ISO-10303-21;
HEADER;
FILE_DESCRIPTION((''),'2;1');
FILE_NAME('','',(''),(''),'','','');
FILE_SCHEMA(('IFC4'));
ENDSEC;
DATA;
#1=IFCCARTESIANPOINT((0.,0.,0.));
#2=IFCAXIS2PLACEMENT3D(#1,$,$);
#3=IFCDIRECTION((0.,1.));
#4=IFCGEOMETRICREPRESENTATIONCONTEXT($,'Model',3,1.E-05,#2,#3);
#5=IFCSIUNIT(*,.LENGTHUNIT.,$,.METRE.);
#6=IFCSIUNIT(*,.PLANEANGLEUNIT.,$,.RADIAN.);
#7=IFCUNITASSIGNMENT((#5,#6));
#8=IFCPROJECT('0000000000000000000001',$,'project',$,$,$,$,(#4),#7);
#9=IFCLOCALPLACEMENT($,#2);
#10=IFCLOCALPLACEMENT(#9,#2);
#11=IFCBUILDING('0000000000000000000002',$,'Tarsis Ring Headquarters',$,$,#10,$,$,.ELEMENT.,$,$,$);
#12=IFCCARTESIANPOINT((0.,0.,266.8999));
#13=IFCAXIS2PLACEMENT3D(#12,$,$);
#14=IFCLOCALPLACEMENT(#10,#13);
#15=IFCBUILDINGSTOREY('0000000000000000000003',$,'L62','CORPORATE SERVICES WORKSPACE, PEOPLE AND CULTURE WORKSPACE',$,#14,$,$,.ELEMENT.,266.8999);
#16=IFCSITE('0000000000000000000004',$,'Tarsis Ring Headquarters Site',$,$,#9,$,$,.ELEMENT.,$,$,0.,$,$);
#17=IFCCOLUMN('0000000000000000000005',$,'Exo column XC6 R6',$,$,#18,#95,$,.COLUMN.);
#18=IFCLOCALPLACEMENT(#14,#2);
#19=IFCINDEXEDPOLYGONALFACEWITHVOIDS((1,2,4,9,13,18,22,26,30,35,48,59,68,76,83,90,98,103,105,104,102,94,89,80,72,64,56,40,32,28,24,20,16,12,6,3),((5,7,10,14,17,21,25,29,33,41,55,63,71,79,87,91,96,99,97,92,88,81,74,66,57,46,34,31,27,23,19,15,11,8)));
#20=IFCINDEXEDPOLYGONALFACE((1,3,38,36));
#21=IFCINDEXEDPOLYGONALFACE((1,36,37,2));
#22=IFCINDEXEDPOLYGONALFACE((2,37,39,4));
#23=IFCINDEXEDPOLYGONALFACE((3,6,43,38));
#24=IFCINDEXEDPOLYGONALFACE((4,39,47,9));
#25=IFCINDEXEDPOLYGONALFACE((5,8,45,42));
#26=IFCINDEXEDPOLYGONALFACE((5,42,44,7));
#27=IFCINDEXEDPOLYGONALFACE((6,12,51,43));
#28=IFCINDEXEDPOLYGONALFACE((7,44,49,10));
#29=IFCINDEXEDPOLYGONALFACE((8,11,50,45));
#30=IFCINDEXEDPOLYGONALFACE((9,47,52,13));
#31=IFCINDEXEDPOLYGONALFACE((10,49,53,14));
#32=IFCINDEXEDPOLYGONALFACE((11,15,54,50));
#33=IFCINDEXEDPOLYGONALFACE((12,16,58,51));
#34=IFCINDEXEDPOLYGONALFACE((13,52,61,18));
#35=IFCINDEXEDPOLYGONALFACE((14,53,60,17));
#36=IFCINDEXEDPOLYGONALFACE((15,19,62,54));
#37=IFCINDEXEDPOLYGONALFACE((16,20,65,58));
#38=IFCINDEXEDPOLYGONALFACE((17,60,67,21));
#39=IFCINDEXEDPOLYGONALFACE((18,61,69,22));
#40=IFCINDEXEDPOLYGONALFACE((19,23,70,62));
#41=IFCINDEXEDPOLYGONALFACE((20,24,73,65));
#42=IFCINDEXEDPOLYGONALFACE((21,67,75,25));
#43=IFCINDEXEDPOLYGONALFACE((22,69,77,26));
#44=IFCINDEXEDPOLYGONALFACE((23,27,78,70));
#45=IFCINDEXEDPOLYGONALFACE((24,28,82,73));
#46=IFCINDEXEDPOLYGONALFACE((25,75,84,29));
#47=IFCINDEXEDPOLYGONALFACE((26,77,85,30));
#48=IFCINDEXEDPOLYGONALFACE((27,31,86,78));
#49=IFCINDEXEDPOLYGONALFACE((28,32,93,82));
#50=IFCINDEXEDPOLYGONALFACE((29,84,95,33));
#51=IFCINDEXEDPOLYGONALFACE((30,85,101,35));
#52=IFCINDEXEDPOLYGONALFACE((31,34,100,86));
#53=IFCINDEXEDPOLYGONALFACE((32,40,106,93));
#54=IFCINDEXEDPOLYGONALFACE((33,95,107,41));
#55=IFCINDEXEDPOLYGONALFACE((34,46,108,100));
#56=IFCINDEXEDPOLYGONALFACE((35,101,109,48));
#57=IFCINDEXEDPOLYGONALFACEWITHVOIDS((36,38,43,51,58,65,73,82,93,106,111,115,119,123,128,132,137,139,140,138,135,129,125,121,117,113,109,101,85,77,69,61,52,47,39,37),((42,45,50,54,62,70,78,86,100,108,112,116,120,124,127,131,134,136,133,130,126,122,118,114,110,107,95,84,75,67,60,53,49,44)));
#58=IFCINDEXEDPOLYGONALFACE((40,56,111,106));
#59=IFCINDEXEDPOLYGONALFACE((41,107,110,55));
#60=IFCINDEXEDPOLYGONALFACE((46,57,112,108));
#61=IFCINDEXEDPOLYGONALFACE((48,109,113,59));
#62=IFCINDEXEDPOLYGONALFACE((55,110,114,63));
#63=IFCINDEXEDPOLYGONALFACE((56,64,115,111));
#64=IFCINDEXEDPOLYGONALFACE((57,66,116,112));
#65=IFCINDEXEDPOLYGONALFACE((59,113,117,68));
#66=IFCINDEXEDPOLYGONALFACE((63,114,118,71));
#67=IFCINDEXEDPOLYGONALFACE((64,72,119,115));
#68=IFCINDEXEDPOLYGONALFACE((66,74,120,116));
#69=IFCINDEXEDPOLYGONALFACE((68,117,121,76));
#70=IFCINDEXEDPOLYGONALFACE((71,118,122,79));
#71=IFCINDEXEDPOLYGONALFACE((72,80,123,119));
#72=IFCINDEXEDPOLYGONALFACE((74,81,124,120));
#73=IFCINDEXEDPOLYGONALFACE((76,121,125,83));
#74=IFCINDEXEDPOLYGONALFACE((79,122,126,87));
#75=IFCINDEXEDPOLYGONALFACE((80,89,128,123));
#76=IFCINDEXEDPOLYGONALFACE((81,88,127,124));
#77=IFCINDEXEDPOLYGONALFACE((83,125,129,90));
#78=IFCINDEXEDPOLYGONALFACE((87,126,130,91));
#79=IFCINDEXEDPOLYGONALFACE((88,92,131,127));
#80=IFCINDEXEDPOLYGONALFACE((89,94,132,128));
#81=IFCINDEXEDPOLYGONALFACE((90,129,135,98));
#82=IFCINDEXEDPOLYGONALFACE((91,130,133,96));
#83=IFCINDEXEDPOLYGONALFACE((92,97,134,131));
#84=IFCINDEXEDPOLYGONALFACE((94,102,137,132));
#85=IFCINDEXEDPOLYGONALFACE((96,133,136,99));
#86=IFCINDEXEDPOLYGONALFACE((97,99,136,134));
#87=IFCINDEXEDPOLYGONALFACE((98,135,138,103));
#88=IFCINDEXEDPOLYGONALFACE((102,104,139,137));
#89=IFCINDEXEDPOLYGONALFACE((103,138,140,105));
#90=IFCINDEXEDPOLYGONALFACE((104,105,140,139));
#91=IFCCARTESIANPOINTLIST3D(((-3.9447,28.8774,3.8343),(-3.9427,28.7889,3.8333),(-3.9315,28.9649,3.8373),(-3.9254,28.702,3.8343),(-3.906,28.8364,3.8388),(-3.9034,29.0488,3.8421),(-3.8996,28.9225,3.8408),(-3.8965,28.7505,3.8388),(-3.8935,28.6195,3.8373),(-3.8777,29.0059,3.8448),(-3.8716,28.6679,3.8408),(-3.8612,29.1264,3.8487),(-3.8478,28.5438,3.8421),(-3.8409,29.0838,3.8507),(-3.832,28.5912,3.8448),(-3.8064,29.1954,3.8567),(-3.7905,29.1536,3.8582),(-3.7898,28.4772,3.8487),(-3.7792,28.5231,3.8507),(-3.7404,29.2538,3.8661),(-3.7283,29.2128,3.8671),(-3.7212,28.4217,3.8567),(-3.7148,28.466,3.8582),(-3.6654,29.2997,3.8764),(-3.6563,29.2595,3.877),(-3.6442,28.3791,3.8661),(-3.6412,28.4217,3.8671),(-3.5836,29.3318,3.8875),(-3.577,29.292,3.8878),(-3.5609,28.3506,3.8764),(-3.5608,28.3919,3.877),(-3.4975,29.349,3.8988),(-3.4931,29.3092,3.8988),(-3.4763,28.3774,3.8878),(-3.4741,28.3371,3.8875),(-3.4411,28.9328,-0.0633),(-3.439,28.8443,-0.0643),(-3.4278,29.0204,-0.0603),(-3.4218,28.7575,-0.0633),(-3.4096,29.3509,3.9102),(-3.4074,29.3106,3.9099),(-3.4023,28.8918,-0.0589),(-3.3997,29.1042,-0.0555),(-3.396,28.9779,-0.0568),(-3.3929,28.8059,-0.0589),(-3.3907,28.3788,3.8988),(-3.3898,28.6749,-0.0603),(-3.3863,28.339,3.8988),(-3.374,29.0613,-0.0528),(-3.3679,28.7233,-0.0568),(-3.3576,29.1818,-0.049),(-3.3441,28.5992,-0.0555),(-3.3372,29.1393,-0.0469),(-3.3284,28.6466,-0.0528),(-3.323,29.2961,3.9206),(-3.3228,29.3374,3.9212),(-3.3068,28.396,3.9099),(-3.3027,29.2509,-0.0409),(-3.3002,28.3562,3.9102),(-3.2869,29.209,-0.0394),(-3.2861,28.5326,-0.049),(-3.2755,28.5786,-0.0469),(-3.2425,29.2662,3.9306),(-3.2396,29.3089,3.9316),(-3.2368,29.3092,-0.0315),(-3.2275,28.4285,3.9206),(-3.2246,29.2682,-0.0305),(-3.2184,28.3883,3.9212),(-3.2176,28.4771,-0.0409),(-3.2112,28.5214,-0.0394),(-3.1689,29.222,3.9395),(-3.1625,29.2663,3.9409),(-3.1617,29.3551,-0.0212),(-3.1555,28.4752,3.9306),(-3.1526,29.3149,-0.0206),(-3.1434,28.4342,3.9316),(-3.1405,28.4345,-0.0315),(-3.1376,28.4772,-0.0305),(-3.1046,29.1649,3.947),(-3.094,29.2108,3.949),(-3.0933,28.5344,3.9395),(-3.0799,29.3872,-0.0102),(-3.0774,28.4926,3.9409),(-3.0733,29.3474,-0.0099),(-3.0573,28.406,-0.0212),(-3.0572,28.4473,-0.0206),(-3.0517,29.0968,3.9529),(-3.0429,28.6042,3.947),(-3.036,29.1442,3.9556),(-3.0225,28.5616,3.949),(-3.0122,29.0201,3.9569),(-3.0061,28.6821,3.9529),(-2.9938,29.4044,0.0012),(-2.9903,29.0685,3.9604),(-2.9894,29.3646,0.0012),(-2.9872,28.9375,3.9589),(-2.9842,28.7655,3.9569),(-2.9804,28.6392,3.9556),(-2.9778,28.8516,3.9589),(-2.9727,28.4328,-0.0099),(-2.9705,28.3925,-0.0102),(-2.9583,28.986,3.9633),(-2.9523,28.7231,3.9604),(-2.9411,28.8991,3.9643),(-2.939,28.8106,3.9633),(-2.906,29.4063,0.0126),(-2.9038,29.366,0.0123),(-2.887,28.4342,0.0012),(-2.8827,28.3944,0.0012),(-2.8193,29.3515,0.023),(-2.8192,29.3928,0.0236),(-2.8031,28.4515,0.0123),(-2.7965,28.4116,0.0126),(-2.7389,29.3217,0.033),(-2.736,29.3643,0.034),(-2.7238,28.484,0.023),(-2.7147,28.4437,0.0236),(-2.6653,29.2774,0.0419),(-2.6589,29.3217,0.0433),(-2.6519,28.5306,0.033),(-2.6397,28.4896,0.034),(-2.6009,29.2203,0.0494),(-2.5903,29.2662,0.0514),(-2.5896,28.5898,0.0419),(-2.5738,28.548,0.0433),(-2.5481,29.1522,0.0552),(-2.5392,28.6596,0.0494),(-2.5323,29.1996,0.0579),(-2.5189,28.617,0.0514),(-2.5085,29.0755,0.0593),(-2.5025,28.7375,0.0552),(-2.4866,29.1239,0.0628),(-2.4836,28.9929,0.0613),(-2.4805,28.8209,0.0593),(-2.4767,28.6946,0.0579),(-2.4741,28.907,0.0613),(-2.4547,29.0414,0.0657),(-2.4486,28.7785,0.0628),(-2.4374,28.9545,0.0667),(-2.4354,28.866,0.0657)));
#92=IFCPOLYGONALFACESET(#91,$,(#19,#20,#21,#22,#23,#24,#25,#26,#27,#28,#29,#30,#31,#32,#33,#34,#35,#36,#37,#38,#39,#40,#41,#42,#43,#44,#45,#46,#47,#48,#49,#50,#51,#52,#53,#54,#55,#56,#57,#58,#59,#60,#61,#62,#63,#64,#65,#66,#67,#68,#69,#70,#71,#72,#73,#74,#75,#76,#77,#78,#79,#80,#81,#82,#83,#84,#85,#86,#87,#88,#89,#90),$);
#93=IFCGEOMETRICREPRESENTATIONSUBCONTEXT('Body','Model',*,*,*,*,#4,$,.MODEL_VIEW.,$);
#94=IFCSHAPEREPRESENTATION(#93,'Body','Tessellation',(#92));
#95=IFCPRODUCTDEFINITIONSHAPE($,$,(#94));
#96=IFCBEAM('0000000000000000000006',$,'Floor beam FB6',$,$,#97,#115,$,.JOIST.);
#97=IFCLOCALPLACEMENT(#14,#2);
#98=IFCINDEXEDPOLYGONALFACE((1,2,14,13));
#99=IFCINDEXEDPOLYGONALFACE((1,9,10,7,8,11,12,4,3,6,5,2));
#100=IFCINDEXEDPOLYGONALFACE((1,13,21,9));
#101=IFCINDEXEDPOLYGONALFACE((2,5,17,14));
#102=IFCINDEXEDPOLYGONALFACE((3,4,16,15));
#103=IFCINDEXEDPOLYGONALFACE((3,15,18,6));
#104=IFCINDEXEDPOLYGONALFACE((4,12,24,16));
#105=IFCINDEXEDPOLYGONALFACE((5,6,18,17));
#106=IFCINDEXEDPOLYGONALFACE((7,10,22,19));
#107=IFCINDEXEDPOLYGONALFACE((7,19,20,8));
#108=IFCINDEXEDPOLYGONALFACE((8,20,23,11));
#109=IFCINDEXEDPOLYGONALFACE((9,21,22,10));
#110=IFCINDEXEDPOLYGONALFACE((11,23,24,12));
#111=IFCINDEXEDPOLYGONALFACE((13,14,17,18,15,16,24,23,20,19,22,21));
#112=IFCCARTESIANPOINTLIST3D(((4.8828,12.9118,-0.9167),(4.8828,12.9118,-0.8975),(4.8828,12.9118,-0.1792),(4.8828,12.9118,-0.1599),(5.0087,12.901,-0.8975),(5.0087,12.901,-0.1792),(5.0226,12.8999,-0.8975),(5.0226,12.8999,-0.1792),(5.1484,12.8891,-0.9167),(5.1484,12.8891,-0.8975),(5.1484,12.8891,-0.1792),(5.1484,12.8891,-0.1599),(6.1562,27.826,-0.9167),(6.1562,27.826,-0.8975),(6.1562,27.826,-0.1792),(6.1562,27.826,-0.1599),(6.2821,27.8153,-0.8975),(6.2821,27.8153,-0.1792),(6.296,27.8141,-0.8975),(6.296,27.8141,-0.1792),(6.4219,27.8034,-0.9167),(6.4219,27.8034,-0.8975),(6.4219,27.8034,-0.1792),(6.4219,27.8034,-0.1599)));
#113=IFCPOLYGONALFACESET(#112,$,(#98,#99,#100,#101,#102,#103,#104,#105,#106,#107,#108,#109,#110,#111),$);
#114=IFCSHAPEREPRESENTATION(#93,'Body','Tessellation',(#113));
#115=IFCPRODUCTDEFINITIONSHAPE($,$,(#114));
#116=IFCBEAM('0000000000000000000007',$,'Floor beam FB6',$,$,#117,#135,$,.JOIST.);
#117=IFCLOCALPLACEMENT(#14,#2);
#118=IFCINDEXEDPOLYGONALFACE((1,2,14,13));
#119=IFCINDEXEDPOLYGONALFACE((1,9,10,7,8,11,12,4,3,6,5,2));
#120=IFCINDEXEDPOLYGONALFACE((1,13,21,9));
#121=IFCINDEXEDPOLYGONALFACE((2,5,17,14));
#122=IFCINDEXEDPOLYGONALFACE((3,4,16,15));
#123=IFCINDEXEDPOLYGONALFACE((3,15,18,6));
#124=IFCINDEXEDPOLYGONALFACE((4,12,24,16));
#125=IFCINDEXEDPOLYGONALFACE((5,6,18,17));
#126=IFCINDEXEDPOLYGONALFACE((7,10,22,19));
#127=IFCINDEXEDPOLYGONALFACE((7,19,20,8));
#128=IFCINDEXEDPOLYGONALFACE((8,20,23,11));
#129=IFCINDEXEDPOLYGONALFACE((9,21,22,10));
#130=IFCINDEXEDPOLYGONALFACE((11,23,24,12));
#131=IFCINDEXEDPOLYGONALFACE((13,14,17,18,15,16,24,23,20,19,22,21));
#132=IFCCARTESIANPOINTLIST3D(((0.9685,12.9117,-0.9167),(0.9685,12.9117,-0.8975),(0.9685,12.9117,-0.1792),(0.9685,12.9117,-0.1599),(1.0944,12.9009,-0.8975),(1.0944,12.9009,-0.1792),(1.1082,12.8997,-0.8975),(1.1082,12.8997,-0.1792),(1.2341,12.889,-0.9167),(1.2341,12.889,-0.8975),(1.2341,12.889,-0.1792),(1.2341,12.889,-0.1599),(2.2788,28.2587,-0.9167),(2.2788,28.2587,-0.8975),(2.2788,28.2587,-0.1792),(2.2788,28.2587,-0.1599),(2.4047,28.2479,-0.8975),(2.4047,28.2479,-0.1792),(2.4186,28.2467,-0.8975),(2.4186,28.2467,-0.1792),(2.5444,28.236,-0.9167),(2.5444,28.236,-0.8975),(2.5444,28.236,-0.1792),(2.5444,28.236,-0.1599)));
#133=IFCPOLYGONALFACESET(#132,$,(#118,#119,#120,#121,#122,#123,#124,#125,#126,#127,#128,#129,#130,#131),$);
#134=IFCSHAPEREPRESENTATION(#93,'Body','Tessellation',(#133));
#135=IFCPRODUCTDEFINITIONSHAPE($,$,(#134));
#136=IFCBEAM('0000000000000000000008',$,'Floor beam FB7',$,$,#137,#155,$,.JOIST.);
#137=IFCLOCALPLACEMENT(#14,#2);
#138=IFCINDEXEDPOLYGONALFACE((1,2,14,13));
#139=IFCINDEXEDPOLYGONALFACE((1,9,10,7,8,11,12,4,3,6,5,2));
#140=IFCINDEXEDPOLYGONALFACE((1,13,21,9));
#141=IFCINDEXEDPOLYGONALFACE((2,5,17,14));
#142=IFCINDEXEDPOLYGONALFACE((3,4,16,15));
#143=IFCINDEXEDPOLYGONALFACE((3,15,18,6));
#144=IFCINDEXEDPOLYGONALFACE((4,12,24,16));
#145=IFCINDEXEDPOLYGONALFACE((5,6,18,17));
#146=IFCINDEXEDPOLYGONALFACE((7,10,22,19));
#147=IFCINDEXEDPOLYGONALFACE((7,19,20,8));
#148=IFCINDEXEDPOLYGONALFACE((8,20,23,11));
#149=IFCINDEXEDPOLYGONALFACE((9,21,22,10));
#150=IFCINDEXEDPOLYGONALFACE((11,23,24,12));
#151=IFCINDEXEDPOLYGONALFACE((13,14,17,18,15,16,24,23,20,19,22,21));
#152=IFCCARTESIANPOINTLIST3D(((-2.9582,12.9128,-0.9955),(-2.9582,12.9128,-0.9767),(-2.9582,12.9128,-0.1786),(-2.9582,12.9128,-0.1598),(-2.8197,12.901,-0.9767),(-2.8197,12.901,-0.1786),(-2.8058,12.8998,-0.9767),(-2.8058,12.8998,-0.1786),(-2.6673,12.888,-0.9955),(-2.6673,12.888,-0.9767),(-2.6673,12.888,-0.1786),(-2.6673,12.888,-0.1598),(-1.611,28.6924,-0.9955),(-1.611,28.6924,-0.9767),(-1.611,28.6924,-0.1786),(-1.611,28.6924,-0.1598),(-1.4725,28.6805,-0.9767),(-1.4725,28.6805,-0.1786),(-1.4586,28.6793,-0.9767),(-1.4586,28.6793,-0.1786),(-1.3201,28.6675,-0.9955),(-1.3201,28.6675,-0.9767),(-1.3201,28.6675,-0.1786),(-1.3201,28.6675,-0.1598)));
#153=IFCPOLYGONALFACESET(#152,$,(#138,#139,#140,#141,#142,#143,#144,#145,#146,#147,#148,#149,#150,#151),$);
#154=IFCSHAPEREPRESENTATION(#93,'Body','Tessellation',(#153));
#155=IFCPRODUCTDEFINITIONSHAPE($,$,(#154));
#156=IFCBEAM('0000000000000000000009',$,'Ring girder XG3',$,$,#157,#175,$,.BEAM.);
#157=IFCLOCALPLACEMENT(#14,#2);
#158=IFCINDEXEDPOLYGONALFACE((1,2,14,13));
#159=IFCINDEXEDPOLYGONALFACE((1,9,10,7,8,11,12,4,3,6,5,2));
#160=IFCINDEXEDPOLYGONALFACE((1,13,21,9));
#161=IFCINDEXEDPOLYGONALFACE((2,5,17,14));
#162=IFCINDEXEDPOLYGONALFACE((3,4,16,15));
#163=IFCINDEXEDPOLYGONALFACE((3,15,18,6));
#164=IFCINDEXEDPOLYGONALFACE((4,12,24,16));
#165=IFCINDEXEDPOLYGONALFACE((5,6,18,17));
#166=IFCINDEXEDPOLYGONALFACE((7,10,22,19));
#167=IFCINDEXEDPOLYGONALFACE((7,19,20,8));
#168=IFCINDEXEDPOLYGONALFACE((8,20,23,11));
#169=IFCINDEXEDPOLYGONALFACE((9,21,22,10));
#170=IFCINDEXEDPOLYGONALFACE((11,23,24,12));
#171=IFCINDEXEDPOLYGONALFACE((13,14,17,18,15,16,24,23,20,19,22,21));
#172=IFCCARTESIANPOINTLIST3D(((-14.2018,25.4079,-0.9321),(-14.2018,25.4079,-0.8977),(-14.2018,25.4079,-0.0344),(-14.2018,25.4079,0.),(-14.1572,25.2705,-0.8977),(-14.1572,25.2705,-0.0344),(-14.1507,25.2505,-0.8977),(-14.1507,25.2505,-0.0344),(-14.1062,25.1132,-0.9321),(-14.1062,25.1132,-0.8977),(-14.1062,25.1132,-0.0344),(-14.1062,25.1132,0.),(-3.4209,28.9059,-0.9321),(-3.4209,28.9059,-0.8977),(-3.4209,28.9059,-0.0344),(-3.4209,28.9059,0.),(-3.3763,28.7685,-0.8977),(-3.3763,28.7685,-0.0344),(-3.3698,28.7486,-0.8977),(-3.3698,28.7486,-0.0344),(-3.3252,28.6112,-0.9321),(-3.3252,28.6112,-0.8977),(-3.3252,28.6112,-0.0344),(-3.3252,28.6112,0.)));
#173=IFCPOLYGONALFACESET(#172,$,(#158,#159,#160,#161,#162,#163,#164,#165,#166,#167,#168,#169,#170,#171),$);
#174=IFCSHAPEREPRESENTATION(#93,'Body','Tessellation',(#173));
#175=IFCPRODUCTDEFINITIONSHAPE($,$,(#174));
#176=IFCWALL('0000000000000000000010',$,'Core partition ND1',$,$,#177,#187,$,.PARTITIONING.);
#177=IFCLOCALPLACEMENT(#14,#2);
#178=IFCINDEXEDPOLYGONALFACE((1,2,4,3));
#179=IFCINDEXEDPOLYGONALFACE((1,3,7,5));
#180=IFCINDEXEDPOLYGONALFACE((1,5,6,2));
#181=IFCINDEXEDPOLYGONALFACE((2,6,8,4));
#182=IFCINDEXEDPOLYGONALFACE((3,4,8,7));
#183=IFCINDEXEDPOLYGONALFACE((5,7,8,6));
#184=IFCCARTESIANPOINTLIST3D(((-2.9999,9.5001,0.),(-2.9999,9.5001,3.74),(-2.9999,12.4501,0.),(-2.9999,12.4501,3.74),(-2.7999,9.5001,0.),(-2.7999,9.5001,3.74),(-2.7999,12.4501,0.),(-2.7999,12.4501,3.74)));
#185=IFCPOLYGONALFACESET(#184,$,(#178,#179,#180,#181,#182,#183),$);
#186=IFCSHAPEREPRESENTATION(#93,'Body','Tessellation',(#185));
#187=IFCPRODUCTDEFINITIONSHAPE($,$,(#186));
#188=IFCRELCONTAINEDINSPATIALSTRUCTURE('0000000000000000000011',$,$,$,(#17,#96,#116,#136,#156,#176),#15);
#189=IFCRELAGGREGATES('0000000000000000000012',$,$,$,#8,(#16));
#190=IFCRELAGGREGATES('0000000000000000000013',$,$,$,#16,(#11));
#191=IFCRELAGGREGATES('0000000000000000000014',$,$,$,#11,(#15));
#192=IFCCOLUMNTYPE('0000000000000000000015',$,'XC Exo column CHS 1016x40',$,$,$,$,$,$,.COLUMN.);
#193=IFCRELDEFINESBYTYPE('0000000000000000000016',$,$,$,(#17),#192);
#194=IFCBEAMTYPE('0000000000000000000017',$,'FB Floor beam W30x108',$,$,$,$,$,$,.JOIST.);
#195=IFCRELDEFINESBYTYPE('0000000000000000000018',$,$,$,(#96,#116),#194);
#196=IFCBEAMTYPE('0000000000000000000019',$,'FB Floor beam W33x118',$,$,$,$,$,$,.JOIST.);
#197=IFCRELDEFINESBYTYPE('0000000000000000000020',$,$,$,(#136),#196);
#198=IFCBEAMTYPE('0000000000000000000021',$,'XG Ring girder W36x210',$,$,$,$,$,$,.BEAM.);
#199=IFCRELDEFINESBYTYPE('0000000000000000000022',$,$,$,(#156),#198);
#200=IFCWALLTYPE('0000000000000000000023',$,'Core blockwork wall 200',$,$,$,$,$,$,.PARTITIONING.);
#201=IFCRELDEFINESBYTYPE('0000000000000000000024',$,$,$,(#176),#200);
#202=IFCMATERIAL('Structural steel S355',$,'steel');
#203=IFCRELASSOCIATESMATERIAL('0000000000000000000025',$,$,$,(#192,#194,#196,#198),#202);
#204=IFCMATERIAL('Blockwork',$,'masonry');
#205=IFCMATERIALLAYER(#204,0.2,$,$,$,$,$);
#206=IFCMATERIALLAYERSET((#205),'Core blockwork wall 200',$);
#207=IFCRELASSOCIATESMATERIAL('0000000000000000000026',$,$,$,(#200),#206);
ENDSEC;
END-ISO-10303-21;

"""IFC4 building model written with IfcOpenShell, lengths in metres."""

from ifc_helpers import new_model, si_unit, direction, frame, frame_2d, origin, origin_2d, place, context, subcontext, project, spatial, rectangle, hollow_circle, i_section, extrude, material, layer, layer_set, material_profile, profile_set, type_object, element, save


model = new_model("IFC4")

# Units and contexts
model_context = context("Model", 3, precision=1e-05, world=origin(), true_north=direction((0.0, 1.0)))
body_context = subcontext(model_context, "Body", "Model", "MODEL_VIEW")
ifc_project = project(units=[si_unit("LENGTHUNIT", "METRE"), si_unit("PLANEANGLEUNIT", "RADIAN")], contexts=[model_context])

# Site, building, storey
site_placement = place(None, origin())
site = spatial("IfcSite", under=ifc_project, at=site_placement, Name="Tarsis Ring Headquarters Site", CompositionType="ELEMENT", RefElevation=0.0)
building_placement = place(site_placement, origin())
building = spatial("IfcBuilding", under=site, at=building_placement, Name="Tarsis Ring Headquarters", CompositionType="ELEMENT")
storey_placement = place(building_placement, frame((0.0, 0.0, 266.8999)))
storey = spatial("IfcBuildingStorey", under=building, at=storey_placement, Name="L62", Description="CORPORATE SERVICES WORKSPACE, PEOPLE AND CULTURE WORKSPACE", CompositionType="ELEMENT", Elevation=266.8999)

# Column
ifc_material_1 = material(Name="Structural steel S355", Category="steel")
ifc_material_profile_1 = material_profile(ifc_material_1, hollow_circle(Radius=0.5081, WallThickness=0.04, at=origin_2d()), Name="CHS 1016x40")
ifc_profile_set_1 = profile_set([ifc_material_profile_1], Name="Structural steel S355")
column_type = type_object("IfcColumnType", Name="XC Exo column CHS 1016x40", PredefinedType="COLUMN", material=ifc_profile_set_1)
column_placement = place(storey_placement, frame((-2.9382, 28.8994, 0.0012), z_axis=(-0.128142, -0.0141, 0.991656), x_axis=(0.109374, -0.994001, 0.0)))
element("IfcColumn", 1, at=column_placement, inside=storey, type_object=column_type, Name="Exo column XC6 R6", PredefinedType="COLUMN", context=body_context, shape_type="SweptSolid", body=[
    extrude(hollow_circle(Radius=0.5081, WallThickness=0.04, at=origin_2d()), origin(), (0.0, 0.0, 1.0), 3.9304),
])

# Beams
ifc_material_profile_2 = material_profile(ifc_material_1, i_section(OverallWidth=0.2666, OverallDepth=0.7568, WebThickness=0.0139, FlangeThickness=0.0193, at=origin_2d()), Name="W30x108")
ifc_profile_set_2 = profile_set([ifc_material_profile_2], Name="Structural steel S355")
beam_type_1 = type_object("IfcBeamType", Name="FB Floor beam W30x108", PredefinedType="JOIST", material=ifc_profile_set_2)
beam_1_placement = place(storey_placement, frame((6.2891, 27.8147, -0.5383), z_axis=(-0.085074, -0.996375, 0.0), x_axis=(0.996375, -0.085074, 0.0)))
element("IfcBeam", 2, at=beam_1_placement, inside=storey, type_object=beam_type_1, Name="Floor beam FB6", PredefinedType="JOIST", context=body_context, shape_type="SweptSolid", body=[
    extrude(i_section(OverallWidth=0.2666, OverallDepth=0.7568, WebThickness=0.0139, FlangeThickness=0.0193, at=origin_2d()), origin(), (0.0, 0.0, 1.0), 14.9685),
])
beam_2_placement = place(storey_placement, frame((2.4116, 28.2473, -0.5383), z_axis=(-0.085069, -0.996375, 0.0), x_axis=(0.996375, -0.085069, 0.0)))
element("IfcBeam", 3, at=beam_2_placement, inside=storey, type_object=beam_type_1, Name="Floor beam FB6", PredefinedType="JOIST", context=body_context, shape_type="SweptSolid", body=[
    extrude(i_section(OverallWidth=0.2666, OverallDepth=0.7568, WebThickness=0.0139, FlangeThickness=0.0193, at=origin_2d()), origin(), (0.0, 0.0, 1.0), 15.4028),
])
ifc_material_profile_3 = material_profile(ifc_material_1, i_section(OverallWidth=0.292, OverallDepth=0.8357, WebThickness=0.0139, FlangeThickness=0.0188, at=origin_2d()), Name="W33x118")
ifc_profile_set_3 = profile_set([ifc_material_profile_3], Name="Structural steel S355")
beam_type_2 = type_object("IfcBeamType", Name="FB Floor beam W33x118", PredefinedType="JOIST", material=ifc_profile_set_3)
beam_3_placement = place(storey_placement, frame((-1.4656, 28.6799, -0.5776), z_axis=(-0.085065, -0.996375, 0.0), x_axis=(0.996375, -0.085065, 0.0)))
element("IfcBeam", 4, at=beam_3_placement, inside=storey, type_object=beam_type_2, Name="Floor beam FB7", PredefinedType="JOIST", context=body_context, shape_type="SweptSolid", body=[
    extrude(i_section(OverallWidth=0.292, OverallDepth=0.8357, WebThickness=0.0139, FlangeThickness=0.0188, at=origin_2d()), origin(), (0.0, 0.0, 1.0), 15.8369),
])
ifc_material_profile_4 = material_profile(ifc_material_1, i_section(OverallWidth=0.3098, OverallDepth=0.9321, WebThickness=0.021, FlangeThickness=0.0344, at=origin_2d()), Name="W36x210")
ifc_profile_set_4 = profile_set([ifc_material_profile_4], Name="Structural steel S355")
beam_type_3 = type_object("IfcBeamType", Name="XG Ring girder W36x210", PredefinedType="BEAM", material=ifc_profile_set_4)
beam_4_placement = place(storey_placement, frame((-3.373, 28.7585, -0.4661), z_axis=(-0.951184, -0.308625, 0.0), x_axis=(0.308625, -0.951184, 0.0)))
element("IfcBeam", 5, at=beam_4_placement, inside=storey, type_object=beam_type_3, Name="Ring girder XG3", PredefinedType="BEAM", context=body_context, shape_type="SweptSolid", body=[
    extrude(i_section(OverallWidth=0.3098, OverallDepth=0.9321, WebThickness=0.021, FlangeThickness=0.0344, at=origin_2d()), origin(), (0.0, 0.0, 1.0), 11.3342),
])

# Wall
ifc_material_2 = material(Name="Blockwork", Category="masonry")
ifc_layer_1 = layer(ifc_material_2, 0.2)
ifc_layer_set_1 = layer_set([ifc_layer_1], Name="Core blockwork wall 200")
wall_type_1 = type_object("IfcWallType", Name="Core blockwork wall 200", PredefinedType="PARTITIONING", material=ifc_layer_set_1)
wall_1_placement = place(storey_placement, frame((-2.8999, 9.5, 0.0), z_axis=(0.0, 0.0, 1.0), x_axis=(0.0, 1.0, 0.0)))
element("IfcWall", 6, at=wall_1_placement, inside=storey, type_object=wall_type_1, Name="Core partition ND1", PredefinedType="PARTITIONING", context=body_context, shape_type="SweptSolid", body=[
    extrude(rectangle(XDim=2.95, YDim=0.2, at=frame_2d((1.4751, 0.0))), origin(), (0.0, 0.0, 1.0), 3.74),
])

save(model, "model.ifc")
